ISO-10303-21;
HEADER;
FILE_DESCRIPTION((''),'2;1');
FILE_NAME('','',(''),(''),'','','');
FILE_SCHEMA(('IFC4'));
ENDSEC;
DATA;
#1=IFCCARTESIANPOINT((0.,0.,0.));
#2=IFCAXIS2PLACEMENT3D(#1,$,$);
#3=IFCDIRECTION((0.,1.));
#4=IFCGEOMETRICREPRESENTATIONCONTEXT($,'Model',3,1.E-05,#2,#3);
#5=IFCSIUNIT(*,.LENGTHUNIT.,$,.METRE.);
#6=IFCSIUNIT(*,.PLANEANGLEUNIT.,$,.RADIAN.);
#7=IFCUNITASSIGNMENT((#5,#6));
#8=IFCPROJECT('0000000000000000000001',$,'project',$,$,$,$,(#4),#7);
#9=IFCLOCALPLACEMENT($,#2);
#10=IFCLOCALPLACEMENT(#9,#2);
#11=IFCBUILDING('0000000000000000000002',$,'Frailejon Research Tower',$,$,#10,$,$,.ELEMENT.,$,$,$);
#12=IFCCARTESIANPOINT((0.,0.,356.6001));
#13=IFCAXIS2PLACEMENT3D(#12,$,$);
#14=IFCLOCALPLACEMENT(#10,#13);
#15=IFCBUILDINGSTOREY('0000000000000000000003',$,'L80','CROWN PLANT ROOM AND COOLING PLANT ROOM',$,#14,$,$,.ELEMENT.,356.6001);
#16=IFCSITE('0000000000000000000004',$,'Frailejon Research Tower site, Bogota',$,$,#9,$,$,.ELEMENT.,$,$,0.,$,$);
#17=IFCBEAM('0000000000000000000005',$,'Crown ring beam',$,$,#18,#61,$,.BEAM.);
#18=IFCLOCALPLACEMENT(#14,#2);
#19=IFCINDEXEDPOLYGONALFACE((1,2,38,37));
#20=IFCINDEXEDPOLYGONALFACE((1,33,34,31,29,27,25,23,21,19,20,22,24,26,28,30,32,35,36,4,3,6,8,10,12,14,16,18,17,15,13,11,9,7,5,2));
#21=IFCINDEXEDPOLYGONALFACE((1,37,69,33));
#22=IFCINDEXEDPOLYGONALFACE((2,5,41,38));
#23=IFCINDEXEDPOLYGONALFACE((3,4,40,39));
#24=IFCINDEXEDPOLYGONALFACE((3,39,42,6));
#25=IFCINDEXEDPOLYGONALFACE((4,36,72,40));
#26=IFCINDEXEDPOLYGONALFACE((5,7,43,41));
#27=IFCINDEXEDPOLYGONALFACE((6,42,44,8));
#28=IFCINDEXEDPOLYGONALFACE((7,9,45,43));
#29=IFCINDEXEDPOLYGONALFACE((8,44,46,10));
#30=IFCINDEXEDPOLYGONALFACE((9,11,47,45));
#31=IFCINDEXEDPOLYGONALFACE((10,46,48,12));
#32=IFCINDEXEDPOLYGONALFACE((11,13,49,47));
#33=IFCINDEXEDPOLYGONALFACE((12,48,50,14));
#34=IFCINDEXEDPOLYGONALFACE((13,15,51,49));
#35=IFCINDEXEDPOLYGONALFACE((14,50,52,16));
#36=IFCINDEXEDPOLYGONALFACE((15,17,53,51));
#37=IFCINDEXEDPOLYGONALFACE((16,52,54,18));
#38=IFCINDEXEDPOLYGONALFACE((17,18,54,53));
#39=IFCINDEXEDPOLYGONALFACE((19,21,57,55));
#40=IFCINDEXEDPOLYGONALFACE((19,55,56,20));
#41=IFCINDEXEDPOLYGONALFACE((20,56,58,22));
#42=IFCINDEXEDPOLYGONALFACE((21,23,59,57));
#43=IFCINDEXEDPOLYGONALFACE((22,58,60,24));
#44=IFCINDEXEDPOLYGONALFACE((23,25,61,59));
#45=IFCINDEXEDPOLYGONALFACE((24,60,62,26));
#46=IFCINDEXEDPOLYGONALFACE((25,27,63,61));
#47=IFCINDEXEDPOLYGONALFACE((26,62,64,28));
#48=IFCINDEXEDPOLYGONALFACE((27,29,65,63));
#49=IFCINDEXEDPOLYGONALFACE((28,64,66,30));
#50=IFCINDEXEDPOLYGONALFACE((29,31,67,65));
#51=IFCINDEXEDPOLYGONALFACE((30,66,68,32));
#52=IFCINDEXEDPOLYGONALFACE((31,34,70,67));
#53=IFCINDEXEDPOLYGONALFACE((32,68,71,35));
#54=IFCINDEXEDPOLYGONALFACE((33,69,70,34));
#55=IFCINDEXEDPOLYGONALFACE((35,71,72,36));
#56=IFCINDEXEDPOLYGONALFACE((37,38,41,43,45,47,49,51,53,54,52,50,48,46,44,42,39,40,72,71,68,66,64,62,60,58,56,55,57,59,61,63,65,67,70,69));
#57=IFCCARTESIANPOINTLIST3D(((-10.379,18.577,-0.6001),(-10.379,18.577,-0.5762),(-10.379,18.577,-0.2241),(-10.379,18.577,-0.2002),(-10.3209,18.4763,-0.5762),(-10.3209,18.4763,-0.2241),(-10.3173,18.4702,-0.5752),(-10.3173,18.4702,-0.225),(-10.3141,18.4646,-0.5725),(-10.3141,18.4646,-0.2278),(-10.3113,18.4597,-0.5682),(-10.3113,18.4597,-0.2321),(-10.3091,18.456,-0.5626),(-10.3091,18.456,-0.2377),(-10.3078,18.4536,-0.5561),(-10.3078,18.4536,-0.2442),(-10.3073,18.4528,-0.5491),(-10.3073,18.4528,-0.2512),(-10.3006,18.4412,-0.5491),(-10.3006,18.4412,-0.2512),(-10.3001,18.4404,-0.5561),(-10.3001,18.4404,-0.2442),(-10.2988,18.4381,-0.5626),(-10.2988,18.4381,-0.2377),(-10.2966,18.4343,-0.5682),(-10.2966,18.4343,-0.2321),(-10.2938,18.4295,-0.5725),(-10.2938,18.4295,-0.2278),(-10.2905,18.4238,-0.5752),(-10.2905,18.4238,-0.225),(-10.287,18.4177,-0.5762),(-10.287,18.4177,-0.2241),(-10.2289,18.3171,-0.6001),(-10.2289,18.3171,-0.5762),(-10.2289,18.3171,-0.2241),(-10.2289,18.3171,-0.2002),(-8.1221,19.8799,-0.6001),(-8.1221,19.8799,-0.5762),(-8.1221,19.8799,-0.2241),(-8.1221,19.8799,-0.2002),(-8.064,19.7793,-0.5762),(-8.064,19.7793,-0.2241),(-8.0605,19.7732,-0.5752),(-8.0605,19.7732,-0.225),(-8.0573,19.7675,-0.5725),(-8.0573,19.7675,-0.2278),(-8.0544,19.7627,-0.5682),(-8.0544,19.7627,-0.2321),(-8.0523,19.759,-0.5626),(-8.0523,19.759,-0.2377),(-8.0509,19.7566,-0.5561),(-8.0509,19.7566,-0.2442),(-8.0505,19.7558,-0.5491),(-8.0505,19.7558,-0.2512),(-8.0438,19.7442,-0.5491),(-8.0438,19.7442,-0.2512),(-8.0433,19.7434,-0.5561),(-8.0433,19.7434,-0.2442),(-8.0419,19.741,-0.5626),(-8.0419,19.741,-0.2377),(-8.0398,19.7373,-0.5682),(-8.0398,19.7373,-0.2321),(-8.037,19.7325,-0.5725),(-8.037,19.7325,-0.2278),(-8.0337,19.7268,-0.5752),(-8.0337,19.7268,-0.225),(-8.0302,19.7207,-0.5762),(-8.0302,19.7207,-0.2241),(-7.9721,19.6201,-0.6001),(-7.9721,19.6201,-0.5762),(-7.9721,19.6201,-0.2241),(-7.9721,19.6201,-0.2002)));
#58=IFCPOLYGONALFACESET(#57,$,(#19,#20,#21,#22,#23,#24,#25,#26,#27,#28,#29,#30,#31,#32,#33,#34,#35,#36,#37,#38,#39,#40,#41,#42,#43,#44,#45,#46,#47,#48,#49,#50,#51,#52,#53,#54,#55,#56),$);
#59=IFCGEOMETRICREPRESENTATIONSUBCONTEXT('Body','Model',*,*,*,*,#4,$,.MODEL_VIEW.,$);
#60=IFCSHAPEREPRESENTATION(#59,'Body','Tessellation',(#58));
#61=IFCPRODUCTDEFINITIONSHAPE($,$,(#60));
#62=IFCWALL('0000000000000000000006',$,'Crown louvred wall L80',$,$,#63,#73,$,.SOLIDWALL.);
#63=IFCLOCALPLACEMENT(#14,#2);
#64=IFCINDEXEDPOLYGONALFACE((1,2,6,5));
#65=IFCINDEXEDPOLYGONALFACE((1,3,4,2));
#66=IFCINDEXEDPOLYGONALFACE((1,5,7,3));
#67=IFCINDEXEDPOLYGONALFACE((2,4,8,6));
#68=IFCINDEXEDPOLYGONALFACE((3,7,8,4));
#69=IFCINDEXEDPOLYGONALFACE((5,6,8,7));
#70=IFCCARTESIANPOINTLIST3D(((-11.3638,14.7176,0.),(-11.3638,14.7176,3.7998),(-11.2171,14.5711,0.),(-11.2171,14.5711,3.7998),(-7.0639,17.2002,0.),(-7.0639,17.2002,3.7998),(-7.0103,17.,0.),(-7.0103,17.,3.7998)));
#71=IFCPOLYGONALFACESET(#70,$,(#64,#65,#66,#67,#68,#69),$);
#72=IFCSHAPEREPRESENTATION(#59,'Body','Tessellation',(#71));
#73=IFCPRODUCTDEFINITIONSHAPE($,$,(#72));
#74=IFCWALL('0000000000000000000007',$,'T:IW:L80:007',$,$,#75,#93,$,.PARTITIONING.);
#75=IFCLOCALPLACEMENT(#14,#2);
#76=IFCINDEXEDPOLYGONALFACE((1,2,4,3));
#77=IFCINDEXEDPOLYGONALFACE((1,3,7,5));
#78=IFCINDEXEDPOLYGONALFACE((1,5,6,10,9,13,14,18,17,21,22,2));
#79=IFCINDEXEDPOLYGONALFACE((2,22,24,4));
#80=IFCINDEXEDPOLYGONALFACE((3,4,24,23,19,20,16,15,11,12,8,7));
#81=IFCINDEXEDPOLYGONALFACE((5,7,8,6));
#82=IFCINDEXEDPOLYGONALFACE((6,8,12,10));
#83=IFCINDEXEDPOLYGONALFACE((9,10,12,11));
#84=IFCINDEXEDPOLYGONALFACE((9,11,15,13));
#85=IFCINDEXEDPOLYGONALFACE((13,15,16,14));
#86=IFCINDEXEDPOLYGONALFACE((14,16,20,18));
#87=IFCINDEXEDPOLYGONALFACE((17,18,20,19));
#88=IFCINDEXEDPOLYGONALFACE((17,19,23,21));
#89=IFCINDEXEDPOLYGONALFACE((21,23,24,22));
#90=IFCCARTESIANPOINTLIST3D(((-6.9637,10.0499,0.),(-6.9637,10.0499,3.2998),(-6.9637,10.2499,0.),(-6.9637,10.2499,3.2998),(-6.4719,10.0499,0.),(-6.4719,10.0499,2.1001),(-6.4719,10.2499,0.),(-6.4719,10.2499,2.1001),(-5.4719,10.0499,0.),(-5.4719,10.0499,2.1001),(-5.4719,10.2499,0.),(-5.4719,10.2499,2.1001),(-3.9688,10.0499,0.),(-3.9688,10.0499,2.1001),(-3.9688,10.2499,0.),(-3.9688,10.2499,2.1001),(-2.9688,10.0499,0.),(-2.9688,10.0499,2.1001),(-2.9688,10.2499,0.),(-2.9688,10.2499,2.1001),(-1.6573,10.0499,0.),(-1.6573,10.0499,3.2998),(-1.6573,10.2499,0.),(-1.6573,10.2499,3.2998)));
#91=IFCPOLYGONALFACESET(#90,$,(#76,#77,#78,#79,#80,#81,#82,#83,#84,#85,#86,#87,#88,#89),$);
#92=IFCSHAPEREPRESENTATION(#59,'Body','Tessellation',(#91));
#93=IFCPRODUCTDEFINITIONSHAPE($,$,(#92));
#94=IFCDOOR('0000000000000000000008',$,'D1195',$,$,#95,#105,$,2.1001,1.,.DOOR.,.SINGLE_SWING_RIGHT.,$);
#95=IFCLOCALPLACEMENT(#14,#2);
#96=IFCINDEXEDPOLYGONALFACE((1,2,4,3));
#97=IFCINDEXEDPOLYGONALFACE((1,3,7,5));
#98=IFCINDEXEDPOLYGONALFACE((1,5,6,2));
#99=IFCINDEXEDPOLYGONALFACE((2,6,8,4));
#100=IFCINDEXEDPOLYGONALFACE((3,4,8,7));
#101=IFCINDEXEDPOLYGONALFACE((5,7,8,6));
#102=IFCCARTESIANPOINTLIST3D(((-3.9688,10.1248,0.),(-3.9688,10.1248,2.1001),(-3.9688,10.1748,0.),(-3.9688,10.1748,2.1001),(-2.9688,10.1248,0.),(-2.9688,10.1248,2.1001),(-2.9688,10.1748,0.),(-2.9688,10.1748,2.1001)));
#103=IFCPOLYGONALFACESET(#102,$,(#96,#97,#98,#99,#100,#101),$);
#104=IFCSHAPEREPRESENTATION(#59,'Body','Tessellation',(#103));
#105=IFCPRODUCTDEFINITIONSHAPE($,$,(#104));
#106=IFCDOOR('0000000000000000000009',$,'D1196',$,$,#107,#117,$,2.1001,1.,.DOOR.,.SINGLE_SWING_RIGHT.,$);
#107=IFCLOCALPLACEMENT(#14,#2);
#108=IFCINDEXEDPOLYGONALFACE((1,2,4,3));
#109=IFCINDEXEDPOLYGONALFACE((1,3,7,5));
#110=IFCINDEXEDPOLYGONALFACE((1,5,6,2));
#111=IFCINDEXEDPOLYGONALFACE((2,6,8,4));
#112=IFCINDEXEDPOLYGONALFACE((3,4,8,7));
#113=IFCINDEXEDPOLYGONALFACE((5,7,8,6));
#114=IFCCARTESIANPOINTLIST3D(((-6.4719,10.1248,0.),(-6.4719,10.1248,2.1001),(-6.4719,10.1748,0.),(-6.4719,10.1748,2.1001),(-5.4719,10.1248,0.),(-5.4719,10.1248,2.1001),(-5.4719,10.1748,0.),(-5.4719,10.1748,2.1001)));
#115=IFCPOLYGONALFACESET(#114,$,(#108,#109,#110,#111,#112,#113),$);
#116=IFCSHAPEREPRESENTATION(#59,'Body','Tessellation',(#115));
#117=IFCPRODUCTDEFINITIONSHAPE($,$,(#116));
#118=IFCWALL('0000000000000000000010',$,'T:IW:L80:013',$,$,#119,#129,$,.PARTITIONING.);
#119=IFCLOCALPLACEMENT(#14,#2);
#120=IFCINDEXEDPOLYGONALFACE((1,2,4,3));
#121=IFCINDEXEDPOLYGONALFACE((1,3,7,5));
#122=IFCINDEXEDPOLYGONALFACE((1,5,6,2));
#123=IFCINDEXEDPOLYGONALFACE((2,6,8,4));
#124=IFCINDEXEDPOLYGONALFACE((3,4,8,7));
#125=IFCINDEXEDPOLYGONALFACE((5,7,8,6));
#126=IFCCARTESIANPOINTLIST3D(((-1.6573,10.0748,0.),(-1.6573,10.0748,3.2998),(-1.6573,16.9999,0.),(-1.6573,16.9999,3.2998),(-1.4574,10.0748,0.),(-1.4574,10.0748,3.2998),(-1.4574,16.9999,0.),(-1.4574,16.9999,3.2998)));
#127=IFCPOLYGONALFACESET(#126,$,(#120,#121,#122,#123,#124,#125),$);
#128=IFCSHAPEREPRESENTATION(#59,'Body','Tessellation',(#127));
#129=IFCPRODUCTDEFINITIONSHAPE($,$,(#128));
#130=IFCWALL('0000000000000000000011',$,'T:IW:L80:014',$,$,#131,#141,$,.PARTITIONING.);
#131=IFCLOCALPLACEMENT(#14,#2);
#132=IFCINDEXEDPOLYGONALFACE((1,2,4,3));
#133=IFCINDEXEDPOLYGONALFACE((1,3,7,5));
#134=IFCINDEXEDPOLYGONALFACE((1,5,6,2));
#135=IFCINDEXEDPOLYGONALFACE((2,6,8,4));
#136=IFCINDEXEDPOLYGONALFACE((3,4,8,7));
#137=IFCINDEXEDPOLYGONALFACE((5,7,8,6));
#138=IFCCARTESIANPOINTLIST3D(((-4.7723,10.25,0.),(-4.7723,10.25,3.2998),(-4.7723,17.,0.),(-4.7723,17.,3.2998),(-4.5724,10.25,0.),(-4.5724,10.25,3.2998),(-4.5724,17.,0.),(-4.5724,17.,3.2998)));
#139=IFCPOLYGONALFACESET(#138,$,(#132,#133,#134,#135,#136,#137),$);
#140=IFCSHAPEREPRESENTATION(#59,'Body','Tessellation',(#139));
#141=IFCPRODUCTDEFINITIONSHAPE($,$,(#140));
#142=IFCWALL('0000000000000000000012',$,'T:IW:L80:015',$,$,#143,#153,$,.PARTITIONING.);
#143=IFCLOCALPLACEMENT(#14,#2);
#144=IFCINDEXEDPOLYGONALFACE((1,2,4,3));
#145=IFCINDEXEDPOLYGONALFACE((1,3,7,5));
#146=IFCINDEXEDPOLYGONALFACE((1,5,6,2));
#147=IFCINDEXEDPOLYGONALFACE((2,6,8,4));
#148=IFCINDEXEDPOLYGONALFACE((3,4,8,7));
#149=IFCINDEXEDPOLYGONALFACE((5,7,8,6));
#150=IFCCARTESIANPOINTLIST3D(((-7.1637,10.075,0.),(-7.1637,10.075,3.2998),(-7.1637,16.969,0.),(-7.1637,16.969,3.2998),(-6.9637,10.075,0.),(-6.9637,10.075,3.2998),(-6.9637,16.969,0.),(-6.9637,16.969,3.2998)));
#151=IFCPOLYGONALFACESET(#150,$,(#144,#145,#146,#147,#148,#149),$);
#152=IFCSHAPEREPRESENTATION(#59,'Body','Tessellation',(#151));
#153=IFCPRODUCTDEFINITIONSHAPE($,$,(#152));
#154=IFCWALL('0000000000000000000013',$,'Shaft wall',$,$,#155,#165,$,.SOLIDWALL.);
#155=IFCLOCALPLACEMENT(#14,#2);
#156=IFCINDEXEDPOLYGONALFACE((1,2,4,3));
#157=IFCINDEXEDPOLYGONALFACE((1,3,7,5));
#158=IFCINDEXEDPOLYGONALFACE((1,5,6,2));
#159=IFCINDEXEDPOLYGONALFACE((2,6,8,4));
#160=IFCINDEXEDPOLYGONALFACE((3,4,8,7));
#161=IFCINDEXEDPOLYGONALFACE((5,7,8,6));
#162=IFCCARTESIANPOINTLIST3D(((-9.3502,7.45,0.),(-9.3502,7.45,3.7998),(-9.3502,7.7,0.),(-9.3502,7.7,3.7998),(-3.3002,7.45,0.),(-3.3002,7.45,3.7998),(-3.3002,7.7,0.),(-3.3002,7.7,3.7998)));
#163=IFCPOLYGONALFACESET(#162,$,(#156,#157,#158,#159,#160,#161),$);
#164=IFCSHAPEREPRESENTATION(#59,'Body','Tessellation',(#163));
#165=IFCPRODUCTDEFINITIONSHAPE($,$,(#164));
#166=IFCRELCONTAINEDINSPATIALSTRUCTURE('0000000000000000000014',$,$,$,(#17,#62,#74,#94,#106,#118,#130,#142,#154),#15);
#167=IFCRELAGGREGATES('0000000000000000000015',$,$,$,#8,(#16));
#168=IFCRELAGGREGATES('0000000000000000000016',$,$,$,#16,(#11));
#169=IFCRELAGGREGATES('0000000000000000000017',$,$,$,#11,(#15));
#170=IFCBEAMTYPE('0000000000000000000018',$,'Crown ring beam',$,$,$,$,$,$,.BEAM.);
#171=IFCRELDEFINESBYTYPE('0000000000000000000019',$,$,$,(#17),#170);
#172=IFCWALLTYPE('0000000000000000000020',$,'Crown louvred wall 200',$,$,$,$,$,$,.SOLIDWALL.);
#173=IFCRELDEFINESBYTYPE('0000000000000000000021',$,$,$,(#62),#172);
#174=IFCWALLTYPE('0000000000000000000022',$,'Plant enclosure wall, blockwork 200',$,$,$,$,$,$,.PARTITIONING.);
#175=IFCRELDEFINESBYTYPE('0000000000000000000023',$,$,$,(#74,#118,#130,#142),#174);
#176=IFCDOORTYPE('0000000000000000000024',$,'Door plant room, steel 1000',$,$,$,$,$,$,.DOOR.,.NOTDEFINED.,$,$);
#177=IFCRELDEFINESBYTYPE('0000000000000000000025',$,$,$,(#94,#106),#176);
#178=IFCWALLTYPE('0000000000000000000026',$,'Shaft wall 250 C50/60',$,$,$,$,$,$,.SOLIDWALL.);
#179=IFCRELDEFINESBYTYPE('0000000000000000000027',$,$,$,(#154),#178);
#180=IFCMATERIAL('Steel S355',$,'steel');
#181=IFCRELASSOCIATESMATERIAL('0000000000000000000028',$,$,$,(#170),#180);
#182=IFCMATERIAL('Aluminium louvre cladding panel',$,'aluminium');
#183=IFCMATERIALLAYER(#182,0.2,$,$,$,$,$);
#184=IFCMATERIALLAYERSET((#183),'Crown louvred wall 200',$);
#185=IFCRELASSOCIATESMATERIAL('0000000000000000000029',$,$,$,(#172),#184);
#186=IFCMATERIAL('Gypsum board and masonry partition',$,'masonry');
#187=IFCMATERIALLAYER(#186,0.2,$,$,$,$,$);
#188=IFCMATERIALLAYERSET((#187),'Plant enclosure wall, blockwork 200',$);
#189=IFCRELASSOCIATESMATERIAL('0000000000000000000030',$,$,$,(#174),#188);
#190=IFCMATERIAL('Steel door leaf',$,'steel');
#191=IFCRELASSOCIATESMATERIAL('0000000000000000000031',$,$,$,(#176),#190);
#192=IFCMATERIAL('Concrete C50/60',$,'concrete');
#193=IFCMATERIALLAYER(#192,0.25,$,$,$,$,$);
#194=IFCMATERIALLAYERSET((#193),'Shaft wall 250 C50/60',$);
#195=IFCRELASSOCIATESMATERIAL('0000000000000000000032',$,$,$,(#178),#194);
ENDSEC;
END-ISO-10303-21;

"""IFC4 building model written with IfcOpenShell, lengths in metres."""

from ifc_helpers import new_model, si_unit, direction, frame, frame_2d, origin, origin_2d, place, context, subcontext, project, spatial, polyline, rectangle, i_section, outline, extrude, material, layer, layer_set, material_profile, profile_set, type_object, element, fill, save


model = new_model("IFC4")

# Units and contexts
model_context = context("Model", 3, precision=1e-05, world=origin(), true_north=direction((0.0, 1.0)))
body_context = subcontext(model_context, "Body", "Model", "MODEL_VIEW")
ifc_project = project(units=[si_unit("LENGTHUNIT", "METRE"), si_unit("PLANEANGLEUNIT", "RADIAN")], contexts=[model_context])

# Site, building, storey
site_placement = place(None, origin())
site = spatial("IfcSite", under=ifc_project, at=site_placement, Name="Frailejon Research Tower site, Bogota", CompositionType="ELEMENT", RefElevation=0.0)
building_placement = place(site_placement, origin())
building = spatial("IfcBuilding", under=site, at=building_placement, Name="Frailejon Research Tower", CompositionType="ELEMENT")
storey_placement = place(building_placement, frame((0.0, 0.0, 356.6001)))
storey = spatial("IfcBuildingStorey", under=building, at=storey_placement, Name="L80", Description="CROWN PLANT ROOM AND COOLING PLANT ROOM", CompositionType="ELEMENT", Elevation=356.6001)

# Beam
ifc_material_1 = material(Name="Steel S355", Category="steel")
ifc_material_profile_1 = material_profile(ifc_material_1, i_section(OverallWidth=0.3, OverallDepth=0.3999, WebThickness=0.0134, FlangeThickness=0.0239, FilletRadius=0.0271, at=origin_2d()), Name="HE 400 B")
ifc_profile_set_1 = profile_set([ifc_material_profile_1], Name="Steel S355")
beam_type_1 = type_object("IfcBeamType", Name="Crown ring beam", PredefinedType="BEAM", material=ifc_profile_set_1)
beam_1_placement = place(storey_placement, frame((-8.0471, 19.75, -0.4001), z_axis=(-0.866026, -0.499998, 0.0), x_axis=(0.499998, -0.866026, 0.0)))
element("IfcBeam", 1, at=beam_1_placement, inside=storey, type_object=beam_type_1, Name="Crown ring beam", PredefinedType="BEAM", context=body_context, shape_type="SweptSolid", body=[
    extrude(i_section(OverallWidth=0.3, OverallDepth=0.3999, WebThickness=0.0134, FlangeThickness=0.0239, FilletRadius=0.0271, at=origin_2d()), origin(), (0.0, 0.0, 1.0), 2.606),
])

# Wall
ifc_material_2 = material(Name="Aluminium louvre cladding panel", Category="aluminium")
ifc_layer_1 = layer(ifc_material_2, 0.2)
ifc_layer_set_1 = layer_set([ifc_layer_1], Name="Crown louvred wall 200")
wall_type_1 = type_object("IfcWallType", Name="Crown louvred wall 200", PredefinedType="SOLIDWALL", material=ifc_layer_set_1)
wall_1_placement = place(storey_placement, frame((-7.0371, 17.1001, 0.0), z_axis=(0.0, 0.0, 1.0), x_axis=(-0.866017, -0.500015, 0.0)))
element("IfcWall", 2, at=wall_1_placement, inside=storey, type_object=wall_type_1, Name="Crown louvred wall L80", PredefinedType="SOLIDWALL", context=body_context, shape_type="SweptSolid", body=[
    extrude(outline(polyline([(-0.0269, -0.1001), (4.9382, -0.1001), (4.8845, 0.1001), (0.0269, 0.1001), (-0.0269, -0.1001)])), origin(), (0.0, 0.0, 1.0), 3.7998),
])

# Wall, openings, doors
ifc_material_3 = material(Name="Gypsum board and masonry partition", Category="masonry")
ifc_layer_2 = layer(ifc_material_3, 0.2)
ifc_layer_set_2 = layer_set([ifc_layer_2], Name="Plant enclosure wall, blockwork 200")
wall_type_2 = type_object("IfcWallType", Name="Plant enclosure wall, blockwork 200", PredefinedType="PARTITIONING", material=ifc_layer_set_2)
wall_2_placement = place(storey_placement, frame((-6.9639, 10.1499, 0.0), z_axis=(0.0, 0.0, 1.0), x_axis=(1.0, 0.0, 0.0)))
wall_2 = element("IfcWall", 3, at=wall_2_placement, inside=storey, type_object=wall_type_2, Name="T:IW:L80:007", PredefinedType="PARTITIONING", context=body_context, shape_type="SweptSolid", body=[
    extrude(rectangle(XDim=5.3064, YDim=0.2, at=frame_2d((2.6533, 0.0))), origin(), (0.0, 0.0, 1.0), 3.2998),
])
opening_1_placement = place(wall_2_placement, frame((2.9951, 0.0, 0.0)))
opening_1 = element("IfcOpeningElement", 4, at=opening_1_placement, cuts=wall_2, PredefinedType="OPENING", context=body_context, shape_type="SweptSolid", body=[
    extrude(rectangle(XDim=1.0, YDim=2.1001, at=frame_2d((0.5, 1.05))), frame((0.0, 0.1099, 0.0), z_axis=(0.0, -1.0, 0.0), x_axis=(1.0, 0.0, 0.0)), (0.0, 0.0, 1.0), 0.22),
])
opening_2_placement = place(wall_2_placement, frame((0.4919, 0.0, 0.0)))
opening_2 = element("IfcOpeningElement", 5, at=opening_2_placement, cuts=wall_2, PredefinedType="OPENING", context=body_context, shape_type="SweptSolid", body=[
    extrude(rectangle(XDim=1.0, YDim=2.1001, at=frame_2d((0.5, 1.05))), frame((0.0, 0.1099, 0.0), z_axis=(0.0, -1.0, 0.0), x_axis=(1.0, 0.0, 0.0)), (0.0, 0.0, 1.0), 0.22),
])
ifc_material_4 = material(Name="Steel door leaf", Category="steel")
door_type = type_object("IfcDoorType", Name="Door plant room, steel 1000", OperationType="NOTDEFINED", PredefinedType="DOOR", material=ifc_material_4)
door_1_placement = place(opening_1_placement, origin())
door_1 = element("IfcDoor", 6, at=door_1_placement, inside=storey, type_object=door_type, Name="D1195", OperationType="SINGLE_SWING_RIGHT", OverallHeight=2.1001, OverallWidth=1.0, PredefinedType="DOOR", context=body_context, shape_type="SweptSolid", body=[
    extrude(rectangle(XDim=1.0, YDim=2.1001, at=frame_2d((0.5, 1.05))), frame((0.0, 0.0249, 0.0), z_axis=(0.0, -1.0, 0.0), x_axis=(1.0, 0.0, 0.0)), (0.0, 0.0, 1.0), 0.05),
])
fill(opening_1, door_1)
door_2_placement = place(opening_2_placement, origin())
door_2 = element("IfcDoor", 7, at=door_2_placement, inside=storey, type_object=door_type, Name="D1196", OperationType="SINGLE_SWING_RIGHT", OverallHeight=2.1001, OverallWidth=1.0, PredefinedType="DOOR", context=body_context, shape_type="SweptSolid", body=[
    extrude(rectangle(XDim=1.0, YDim=2.1001, at=frame_2d((0.5, 1.05))), frame((0.0, 0.0249, 0.0), z_axis=(0.0, -1.0, 0.0), x_axis=(1.0, 0.0, 0.0)), (0.0, 0.0, 1.0), 0.05),
])
fill(opening_2, door_2)

# Walls
wall_3_placement = place(storey_placement, frame((-1.5574, 10.075, 0.0), z_axis=(0.0, 0.0, 1.0), x_axis=(0.0, 1.0, 0.0)))
element("IfcWall", 8, at=wall_3_placement, inside=storey, type_object=wall_type_2, Name="T:IW:L80:013", PredefinedType="PARTITIONING", context=body_context, shape_type="SweptSolid", body=[
    extrude(rectangle(XDim=6.925, YDim=0.2, at=frame_2d((3.4624, 0.0))), origin(), (0.0, 0.0, 1.0), 3.2998),
])
wall_4_placement = place(storey_placement, frame((-4.6724, 10.25, 0.0), z_axis=(0.0, 0.0, 1.0), x_axis=(0.0, 1.0, 0.0)))
element("IfcWall", 9, at=wall_4_placement, inside=storey, type_object=wall_type_2, Name="T:IW:L80:014", PredefinedType="PARTITIONING", context=body_context, shape_type="SweptSolid", body=[
    extrude(rectangle(XDim=6.75, YDim=0.2, at=frame_2d((3.375, 0.0))), origin(), (0.0, 0.0, 1.0), 3.2998),
])
wall_5_placement = place(storey_placement, frame((-7.0637, 10.075, 0.0), z_axis=(0.0, 0.0, 1.0), x_axis=(0.0, 1.0, 0.0)))
element("IfcWall", 10, at=wall_5_placement, inside=storey, type_object=wall_type_2, Name="T:IW:L80:015", PredefinedType="PARTITIONING", context=body_context, shape_type="SweptSolid", body=[
    extrude(rectangle(XDim=6.894, YDim=0.2, at=frame_2d((3.447, 0.0))), origin(), (0.0, 0.0, 1.0), 3.2998),
])
ifc_material_5 = material(Name="Concrete C50/60", Category="concrete")
ifc_layer_3 = layer(ifc_material_5, 0.25)
ifc_layer_set_3 = layer_set([ifc_layer_3], Name="Shaft wall 250 C50/60")
wall_type_3 = type_object("IfcWallType", Name="Shaft wall 250 C50/60", PredefinedType="SOLIDWALL", material=ifc_layer_set_3)
wall_6_placement = place(storey_placement, frame((-9.3501, 7.575, 0.0), z_axis=(0.0, 0.0, 1.0), x_axis=(1.0, 0.0, 0.0)))
element("IfcWall", 11, at=wall_6_placement, inside=storey, type_object=wall_type_3, Name="Shaft wall", PredefinedType="SOLIDWALL", context=body_context, shape_type="SweptSolid", body=[
    extrude(rectangle(XDim=6.05, YDim=0.25, at=frame_2d((3.0249, 0.0))), origin(), (0.0, 0.0, 1.0), 3.7998),
])

save(model, "model.ifc")
